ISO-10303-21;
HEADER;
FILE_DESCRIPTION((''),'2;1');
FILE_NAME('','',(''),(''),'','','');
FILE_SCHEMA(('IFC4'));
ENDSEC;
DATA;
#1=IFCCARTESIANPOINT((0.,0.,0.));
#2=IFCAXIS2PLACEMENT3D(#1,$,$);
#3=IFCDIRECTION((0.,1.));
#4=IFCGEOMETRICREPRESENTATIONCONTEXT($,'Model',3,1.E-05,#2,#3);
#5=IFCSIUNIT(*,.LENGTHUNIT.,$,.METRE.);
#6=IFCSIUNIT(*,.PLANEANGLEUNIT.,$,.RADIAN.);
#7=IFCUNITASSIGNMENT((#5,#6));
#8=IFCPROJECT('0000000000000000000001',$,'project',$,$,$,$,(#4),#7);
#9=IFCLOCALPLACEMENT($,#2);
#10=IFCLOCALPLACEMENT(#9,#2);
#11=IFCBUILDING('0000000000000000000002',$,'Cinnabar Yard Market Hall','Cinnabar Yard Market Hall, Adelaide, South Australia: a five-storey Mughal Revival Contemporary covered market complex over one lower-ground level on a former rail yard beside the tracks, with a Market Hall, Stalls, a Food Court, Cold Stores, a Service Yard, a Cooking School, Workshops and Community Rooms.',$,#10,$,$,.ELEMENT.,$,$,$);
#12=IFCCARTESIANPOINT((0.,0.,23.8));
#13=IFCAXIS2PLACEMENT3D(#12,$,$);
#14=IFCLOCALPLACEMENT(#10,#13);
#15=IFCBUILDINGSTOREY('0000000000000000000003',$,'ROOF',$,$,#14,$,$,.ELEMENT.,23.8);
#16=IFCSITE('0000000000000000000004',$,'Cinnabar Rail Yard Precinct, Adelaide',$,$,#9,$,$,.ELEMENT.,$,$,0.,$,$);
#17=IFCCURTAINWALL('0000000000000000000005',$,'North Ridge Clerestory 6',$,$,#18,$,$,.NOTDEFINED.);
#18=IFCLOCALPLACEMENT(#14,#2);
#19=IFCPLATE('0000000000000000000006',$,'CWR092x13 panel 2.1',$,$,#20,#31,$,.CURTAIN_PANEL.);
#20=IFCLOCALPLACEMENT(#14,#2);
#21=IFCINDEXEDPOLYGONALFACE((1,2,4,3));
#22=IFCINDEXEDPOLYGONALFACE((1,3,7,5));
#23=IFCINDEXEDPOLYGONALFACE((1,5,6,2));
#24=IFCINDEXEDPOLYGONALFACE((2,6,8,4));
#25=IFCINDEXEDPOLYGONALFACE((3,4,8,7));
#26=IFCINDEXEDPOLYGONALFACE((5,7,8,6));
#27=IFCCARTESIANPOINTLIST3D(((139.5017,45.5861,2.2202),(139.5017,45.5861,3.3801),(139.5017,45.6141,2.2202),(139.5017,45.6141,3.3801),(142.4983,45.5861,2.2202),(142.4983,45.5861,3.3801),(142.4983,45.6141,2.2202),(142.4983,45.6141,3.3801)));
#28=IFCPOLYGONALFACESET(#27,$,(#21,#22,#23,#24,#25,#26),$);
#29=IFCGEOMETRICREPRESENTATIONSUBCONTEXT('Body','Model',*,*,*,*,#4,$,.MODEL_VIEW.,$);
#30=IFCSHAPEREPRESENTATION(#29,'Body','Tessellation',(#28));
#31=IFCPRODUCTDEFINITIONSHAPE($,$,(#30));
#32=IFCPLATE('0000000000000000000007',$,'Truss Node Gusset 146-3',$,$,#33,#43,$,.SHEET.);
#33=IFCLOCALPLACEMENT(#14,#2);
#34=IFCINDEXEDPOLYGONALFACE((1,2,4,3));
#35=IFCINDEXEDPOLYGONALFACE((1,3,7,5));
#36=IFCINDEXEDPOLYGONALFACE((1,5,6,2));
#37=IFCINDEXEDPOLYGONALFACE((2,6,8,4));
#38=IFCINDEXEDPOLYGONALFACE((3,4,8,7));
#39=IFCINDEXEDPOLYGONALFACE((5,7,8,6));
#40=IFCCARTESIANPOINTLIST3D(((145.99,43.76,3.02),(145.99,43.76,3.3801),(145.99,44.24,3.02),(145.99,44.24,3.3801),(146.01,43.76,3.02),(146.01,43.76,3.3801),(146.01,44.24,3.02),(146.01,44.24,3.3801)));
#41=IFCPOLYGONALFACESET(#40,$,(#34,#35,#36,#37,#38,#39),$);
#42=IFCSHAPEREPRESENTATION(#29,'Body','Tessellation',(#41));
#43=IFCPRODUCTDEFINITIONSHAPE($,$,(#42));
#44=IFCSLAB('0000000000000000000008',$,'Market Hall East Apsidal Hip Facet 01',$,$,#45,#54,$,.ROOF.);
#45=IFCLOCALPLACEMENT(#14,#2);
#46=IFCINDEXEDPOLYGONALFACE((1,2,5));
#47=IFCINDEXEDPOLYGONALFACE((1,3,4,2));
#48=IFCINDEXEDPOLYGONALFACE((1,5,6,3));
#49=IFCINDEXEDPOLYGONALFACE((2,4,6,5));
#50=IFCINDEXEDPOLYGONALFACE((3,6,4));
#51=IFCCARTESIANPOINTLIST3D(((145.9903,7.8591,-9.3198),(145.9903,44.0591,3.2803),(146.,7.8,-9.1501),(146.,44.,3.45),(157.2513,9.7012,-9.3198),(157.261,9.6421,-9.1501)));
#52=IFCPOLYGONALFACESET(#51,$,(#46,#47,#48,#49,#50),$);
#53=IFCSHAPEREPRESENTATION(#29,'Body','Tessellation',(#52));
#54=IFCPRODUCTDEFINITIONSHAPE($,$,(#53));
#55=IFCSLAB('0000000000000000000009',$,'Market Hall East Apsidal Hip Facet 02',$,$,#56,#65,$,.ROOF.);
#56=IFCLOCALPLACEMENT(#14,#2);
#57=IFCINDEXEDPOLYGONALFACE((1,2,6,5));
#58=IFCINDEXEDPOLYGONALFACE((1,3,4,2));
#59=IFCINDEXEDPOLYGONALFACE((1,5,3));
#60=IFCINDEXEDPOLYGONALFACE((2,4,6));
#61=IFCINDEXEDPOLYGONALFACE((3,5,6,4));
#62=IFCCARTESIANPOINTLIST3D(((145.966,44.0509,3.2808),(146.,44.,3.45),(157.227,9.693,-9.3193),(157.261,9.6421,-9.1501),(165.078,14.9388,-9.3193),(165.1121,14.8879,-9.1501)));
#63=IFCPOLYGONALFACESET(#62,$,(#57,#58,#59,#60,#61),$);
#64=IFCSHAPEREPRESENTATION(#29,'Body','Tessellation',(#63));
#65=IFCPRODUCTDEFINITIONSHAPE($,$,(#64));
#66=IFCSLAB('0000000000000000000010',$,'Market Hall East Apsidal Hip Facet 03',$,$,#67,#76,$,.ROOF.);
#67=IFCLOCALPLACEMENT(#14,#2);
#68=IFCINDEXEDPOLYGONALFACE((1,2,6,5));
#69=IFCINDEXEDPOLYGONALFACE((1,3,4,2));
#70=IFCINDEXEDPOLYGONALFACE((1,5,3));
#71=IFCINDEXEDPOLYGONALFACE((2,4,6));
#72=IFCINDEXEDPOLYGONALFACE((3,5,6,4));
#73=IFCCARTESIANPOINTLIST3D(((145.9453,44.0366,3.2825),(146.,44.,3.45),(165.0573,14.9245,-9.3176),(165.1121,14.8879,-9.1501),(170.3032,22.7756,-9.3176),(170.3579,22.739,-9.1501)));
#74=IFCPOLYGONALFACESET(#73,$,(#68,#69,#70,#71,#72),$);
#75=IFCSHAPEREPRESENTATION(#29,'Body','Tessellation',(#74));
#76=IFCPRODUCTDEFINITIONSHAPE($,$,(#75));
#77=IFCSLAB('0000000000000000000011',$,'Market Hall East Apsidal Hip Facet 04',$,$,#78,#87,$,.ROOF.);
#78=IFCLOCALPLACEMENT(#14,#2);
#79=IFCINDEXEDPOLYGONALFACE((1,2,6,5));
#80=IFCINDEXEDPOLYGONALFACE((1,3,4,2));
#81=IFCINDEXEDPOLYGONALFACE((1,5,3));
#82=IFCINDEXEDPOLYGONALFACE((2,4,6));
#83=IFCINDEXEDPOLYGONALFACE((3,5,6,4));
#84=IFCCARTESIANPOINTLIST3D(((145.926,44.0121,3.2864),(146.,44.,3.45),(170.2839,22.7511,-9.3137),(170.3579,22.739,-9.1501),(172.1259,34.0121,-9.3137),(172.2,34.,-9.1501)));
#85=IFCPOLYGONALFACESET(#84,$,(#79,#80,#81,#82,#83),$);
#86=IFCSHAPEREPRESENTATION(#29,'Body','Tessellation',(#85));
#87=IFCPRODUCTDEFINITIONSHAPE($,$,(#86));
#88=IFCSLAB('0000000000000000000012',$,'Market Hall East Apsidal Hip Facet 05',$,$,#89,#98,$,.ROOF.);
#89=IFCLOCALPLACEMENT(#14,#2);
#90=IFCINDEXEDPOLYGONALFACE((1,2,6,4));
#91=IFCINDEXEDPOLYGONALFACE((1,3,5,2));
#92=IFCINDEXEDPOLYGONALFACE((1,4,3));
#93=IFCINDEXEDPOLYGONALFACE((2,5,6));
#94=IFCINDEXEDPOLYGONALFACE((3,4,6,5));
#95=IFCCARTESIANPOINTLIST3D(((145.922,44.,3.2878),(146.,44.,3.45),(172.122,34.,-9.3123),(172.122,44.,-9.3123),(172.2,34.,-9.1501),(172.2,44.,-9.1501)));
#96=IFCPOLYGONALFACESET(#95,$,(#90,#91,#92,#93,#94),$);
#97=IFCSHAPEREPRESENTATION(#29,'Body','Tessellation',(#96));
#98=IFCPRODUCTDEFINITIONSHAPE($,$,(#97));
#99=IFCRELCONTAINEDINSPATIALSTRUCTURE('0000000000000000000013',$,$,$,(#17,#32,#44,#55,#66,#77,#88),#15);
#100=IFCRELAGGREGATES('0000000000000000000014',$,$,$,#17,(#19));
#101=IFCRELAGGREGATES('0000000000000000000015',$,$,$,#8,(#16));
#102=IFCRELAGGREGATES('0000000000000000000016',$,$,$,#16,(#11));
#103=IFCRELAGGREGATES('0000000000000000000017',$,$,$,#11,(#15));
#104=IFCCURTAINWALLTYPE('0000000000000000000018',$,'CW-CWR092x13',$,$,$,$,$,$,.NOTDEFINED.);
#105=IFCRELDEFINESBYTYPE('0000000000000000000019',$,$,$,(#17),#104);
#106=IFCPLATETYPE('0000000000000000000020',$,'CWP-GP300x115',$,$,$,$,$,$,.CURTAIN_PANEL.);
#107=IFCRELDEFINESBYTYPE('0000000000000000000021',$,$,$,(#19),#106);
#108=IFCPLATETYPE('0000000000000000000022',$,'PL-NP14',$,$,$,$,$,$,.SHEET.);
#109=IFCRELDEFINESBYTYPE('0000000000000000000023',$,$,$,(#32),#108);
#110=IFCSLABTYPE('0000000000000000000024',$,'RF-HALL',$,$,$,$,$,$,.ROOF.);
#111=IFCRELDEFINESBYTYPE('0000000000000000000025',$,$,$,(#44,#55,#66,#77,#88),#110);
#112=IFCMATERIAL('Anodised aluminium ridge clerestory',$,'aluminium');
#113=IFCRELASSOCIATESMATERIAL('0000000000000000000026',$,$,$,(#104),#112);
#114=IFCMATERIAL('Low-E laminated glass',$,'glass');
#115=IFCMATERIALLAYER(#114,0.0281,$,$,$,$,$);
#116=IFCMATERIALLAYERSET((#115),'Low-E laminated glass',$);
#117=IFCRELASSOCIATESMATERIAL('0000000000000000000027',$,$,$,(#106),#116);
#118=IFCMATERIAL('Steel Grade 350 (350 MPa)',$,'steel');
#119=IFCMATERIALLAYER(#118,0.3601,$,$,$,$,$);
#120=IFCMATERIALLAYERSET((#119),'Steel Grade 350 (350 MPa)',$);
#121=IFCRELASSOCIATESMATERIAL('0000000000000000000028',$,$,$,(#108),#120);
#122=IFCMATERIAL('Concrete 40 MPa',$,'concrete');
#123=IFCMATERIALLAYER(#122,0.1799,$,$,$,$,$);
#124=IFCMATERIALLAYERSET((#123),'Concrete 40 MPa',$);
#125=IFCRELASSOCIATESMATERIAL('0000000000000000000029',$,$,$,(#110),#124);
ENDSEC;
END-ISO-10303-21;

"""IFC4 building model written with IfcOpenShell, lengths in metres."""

from ifc_helpers import new_model, si_unit, direction, frame, origin, origin_2d_with_axis, place, context, subcontext, project, spatial, polyline, rectangle, outline, extrude, material, layer, layer_set, type_object, element, aggregate, save


model = new_model("IFC4")

# Units and contexts
model_context = context("Model", 3, precision=1e-05, world=origin(), true_north=direction((0.0, 1.0)))
body_context = subcontext(model_context, "Body", "Model", "MODEL_VIEW")
ifc_project = project(units=[si_unit("LENGTHUNIT", "METRE"), si_unit("PLANEANGLEUNIT", "RADIAN")], contexts=[model_context])

# Site, building, storey
site_placement = place(None, origin())
site = spatial("IfcSite", under=ifc_project, at=site_placement, Name="Cinnabar Rail Yard Precinct, Adelaide", CompositionType="ELEMENT", RefElevation=0.0)
building_placement = place(site_placement, origin())
building = spatial("IfcBuilding", under=site, at=building_placement, Name="Cinnabar Yard Market Hall", Description="Cinnabar Yard Market Hall, Adelaide, South Australia: a five-storey Mughal Revival Contemporary covered market complex over one lower-ground level on a former rail yard beside the tracks, with a Market Hall, Stalls, a Food Court, Cold Stores, a Service Yard, a Cooking School, Workshops and Community Rooms.", CompositionType="ELEMENT")
storey_placement = place(building_placement, frame((0.0, 0.0, 23.8)))
storey = spatial("IfcBuildingStorey", under=building, at=storey_placement, Name="ROOF", CompositionType="ELEMENT", Elevation=23.8)

# Curtain wall
ifc_material_1 = material(Name="Anodised aluminium ridge clerestory", Category="aluminium")
curtain_wall_type = type_object("IfcCurtainWallType", Name="CW-CWR092x13", PredefinedType="NOTDEFINED", material=ifc_material_1)
curtain_wall_placement = place(storey_placement, origin())
curtain_wall = element("IfcCurtainWall", 1, at=curtain_wall_placement, inside=storey, type_object=curtain_wall_type, Name="North Ridge Clerestory 6", PredefinedType="NOTDEFINED")

# Plates
ifc_material_2 = material(Name="Low-E laminated glass", Category="glass")
ifc_layer_1 = layer(ifc_material_2, 0.0281)
ifc_layer_set_1 = layer_set([ifc_layer_1], Name="Low-E laminated glass")
plate_type_1 = type_object("IfcPlateType", Name="CWP-GP300x115", PredefinedType="CURTAIN_PANEL", material=ifc_layer_set_1)
plate_1_placement = place(storey_placement, frame((141.0, 45.6001, 2.2202), z_axis=(0.0, 0.0, 1.0), x_axis=(-1.0, 0.0, 0.0)))
plate_1 = element("IfcPlate", 2, at=plate_1_placement, type_object=plate_type_1, Name="CWR092x13 panel 2.1", PredefinedType="CURTAIN_PANEL", context=body_context, shape_type="SweptSolid", body=[
    extrude(rectangle(XDim=2.9966, YDim=0.0281, at=origin_2d_with_axis()), origin(), (0.0, 0.0, 1.0), 1.1599),
])
aggregate(curtain_wall, [plate_1])
ifc_material_3 = material(Name="Steel Grade 350 (350 MPa)", Category="steel")
ifc_layer_2 = layer(ifc_material_3, 0.3601)
ifc_layer_set_2 = layer_set([ifc_layer_2], Name="Steel Grade 350 (350 MPa)")
plate_type_2 = type_object("IfcPlateType", Name="PL-NP14", PredefinedType="SHEET", material=ifc_layer_set_2)
plate_2_placement = place(storey_placement, frame((146.0, 44.0, 3.02), z_axis=(0.0, 0.0, 1.0), x_axis=(1.0, 0.0, 0.0)))
element("IfcPlate", 3, at=plate_2_placement, inside=storey, type_object=plate_type_2, Name="Truss Node Gusset 146-3", PredefinedType="SHEET", context=body_context, shape_type="SweptSolid", body=[
    extrude(rectangle(XDim=0.02, YDim=0.48, at=origin_2d_with_axis()), origin(), (0.0, 0.0, 1.0), 0.3601),
])

# Slabs
ifc_material_4 = material(Name="Concrete 40 MPa", Category="concrete")
ifc_layer_3 = layer(ifc_material_4, 0.1799)
ifc_layer_set_3 = layer_set([ifc_layer_3], Name="Concrete 40 MPa")
slab_type = type_object("IfcSlabType", Name="RF-HALL", PredefinedType="ROOF", material=ifc_layer_set_3)
slab_1_placement = place(storey_placement, frame((146.0, 44.0, 3.45), z_axis=(0.053694, -0.328251, 0.943063), x_axis=(0.0, -0.944425, -0.328726)))
element("IfcSlab", 4, at=slab_1_placement, inside=storey, type_object=slab_type, Name="Market Hall East Apsidal Hip Facet 01", PredefinedType="ROOF", context=body_context, shape_type="SweptSolid", body=[
    extrude(outline(polyline([(0.0, 0.0), (38.3301, 0.0), (36.5905, 11.2773), (0.0, 0.0)])), origin(), (0.0, 0.0, -1.0), 0.1799),
])
slab_2_placement = place(storey_placement, frame((146.0, 44.0, 3.45), z_axis=(0.189024, -0.282898, 0.94034), x_axis=(0.294106, -0.897334, -0.32908)))
element("IfcSlab", 5, at=slab_2_placement, inside=storey, type_object=slab_type, Name="Market Hall East Apsidal Hip Facet 02", PredefinedType="ROOF", context=body_context, shape_type="SweptSolid", body=[
    extrude(outline(polyline([(0.0, 0.0), (38.2889, 0.0), (35.8906, 9.1327), (0.0, 0.0)])), origin(), (0.0, 0.0, -1.0), 0.1799),
])
slab_3_placement = place(storey_placement, frame((146.0, 44.0, 3.45), z_axis=(0.304097, -0.203189, 0.93072), x_axis=(0.516063, -0.786082, -0.340227)))
element("IfcSlab", 6, at=slab_3_placement, inside=storey, type_object=slab_type, Name="Market Hall East Apsidal Hip Facet 03", PredefinedType="ROOF", context=body_context, shape_type="SweptSolid", body=[
    extrude(outline(polyline([(0.0, 0.0), (37.0344, 0.0), (33.57, 8.7839), (0.0, 0.0)])), origin(), (0.0, 0.0, -1.0), 0.1799),
])
slab_4_placement = place(storey_placement, frame((146.0, 44.0, 3.45), z_axis=(0.411443, -0.067303, 0.908947), x_axis=(0.701954, -0.612706, -0.363114)))
element("IfcSlab", 7, at=slab_4_placement, inside=storey, type_object=slab_type, Name="Market Hall East Apsidal Hip Facet 04", PredefinedType="ROOF", context=body_context, shape_type="SweptSolid", body=[
    extrude(outline(polyline([(0.0, 0.0), (34.7001, 0.0), (29.0935, 9.9382), (0.0, 0.0)])), origin(), (0.0, 0.0, -1.0), 0.1799),
])
slab_5_placement = place(storey_placement, frame((146.0, 44.0, 3.45), z_axis=(0.433405, 0.0, 0.901199), x_axis=(0.852194, -0.325266, -0.409838)))
element("IfcSlab", 8, at=slab_5_placement, inside=storey, type_object=slab_type, Name="Market Hall East Apsidal Hip Facet 05", PredefinedType="ROOF", context=body_context, shape_type="SweptSolid", body=[
    extrude(outline(polyline([(0.0, 0.0), (30.7441, 0.0), (27.4914, 9.4562), (0.0, 0.0)])), origin(), (0.0, 0.0, -1.0), 0.1799),
])

save(model, "model.ifc")
